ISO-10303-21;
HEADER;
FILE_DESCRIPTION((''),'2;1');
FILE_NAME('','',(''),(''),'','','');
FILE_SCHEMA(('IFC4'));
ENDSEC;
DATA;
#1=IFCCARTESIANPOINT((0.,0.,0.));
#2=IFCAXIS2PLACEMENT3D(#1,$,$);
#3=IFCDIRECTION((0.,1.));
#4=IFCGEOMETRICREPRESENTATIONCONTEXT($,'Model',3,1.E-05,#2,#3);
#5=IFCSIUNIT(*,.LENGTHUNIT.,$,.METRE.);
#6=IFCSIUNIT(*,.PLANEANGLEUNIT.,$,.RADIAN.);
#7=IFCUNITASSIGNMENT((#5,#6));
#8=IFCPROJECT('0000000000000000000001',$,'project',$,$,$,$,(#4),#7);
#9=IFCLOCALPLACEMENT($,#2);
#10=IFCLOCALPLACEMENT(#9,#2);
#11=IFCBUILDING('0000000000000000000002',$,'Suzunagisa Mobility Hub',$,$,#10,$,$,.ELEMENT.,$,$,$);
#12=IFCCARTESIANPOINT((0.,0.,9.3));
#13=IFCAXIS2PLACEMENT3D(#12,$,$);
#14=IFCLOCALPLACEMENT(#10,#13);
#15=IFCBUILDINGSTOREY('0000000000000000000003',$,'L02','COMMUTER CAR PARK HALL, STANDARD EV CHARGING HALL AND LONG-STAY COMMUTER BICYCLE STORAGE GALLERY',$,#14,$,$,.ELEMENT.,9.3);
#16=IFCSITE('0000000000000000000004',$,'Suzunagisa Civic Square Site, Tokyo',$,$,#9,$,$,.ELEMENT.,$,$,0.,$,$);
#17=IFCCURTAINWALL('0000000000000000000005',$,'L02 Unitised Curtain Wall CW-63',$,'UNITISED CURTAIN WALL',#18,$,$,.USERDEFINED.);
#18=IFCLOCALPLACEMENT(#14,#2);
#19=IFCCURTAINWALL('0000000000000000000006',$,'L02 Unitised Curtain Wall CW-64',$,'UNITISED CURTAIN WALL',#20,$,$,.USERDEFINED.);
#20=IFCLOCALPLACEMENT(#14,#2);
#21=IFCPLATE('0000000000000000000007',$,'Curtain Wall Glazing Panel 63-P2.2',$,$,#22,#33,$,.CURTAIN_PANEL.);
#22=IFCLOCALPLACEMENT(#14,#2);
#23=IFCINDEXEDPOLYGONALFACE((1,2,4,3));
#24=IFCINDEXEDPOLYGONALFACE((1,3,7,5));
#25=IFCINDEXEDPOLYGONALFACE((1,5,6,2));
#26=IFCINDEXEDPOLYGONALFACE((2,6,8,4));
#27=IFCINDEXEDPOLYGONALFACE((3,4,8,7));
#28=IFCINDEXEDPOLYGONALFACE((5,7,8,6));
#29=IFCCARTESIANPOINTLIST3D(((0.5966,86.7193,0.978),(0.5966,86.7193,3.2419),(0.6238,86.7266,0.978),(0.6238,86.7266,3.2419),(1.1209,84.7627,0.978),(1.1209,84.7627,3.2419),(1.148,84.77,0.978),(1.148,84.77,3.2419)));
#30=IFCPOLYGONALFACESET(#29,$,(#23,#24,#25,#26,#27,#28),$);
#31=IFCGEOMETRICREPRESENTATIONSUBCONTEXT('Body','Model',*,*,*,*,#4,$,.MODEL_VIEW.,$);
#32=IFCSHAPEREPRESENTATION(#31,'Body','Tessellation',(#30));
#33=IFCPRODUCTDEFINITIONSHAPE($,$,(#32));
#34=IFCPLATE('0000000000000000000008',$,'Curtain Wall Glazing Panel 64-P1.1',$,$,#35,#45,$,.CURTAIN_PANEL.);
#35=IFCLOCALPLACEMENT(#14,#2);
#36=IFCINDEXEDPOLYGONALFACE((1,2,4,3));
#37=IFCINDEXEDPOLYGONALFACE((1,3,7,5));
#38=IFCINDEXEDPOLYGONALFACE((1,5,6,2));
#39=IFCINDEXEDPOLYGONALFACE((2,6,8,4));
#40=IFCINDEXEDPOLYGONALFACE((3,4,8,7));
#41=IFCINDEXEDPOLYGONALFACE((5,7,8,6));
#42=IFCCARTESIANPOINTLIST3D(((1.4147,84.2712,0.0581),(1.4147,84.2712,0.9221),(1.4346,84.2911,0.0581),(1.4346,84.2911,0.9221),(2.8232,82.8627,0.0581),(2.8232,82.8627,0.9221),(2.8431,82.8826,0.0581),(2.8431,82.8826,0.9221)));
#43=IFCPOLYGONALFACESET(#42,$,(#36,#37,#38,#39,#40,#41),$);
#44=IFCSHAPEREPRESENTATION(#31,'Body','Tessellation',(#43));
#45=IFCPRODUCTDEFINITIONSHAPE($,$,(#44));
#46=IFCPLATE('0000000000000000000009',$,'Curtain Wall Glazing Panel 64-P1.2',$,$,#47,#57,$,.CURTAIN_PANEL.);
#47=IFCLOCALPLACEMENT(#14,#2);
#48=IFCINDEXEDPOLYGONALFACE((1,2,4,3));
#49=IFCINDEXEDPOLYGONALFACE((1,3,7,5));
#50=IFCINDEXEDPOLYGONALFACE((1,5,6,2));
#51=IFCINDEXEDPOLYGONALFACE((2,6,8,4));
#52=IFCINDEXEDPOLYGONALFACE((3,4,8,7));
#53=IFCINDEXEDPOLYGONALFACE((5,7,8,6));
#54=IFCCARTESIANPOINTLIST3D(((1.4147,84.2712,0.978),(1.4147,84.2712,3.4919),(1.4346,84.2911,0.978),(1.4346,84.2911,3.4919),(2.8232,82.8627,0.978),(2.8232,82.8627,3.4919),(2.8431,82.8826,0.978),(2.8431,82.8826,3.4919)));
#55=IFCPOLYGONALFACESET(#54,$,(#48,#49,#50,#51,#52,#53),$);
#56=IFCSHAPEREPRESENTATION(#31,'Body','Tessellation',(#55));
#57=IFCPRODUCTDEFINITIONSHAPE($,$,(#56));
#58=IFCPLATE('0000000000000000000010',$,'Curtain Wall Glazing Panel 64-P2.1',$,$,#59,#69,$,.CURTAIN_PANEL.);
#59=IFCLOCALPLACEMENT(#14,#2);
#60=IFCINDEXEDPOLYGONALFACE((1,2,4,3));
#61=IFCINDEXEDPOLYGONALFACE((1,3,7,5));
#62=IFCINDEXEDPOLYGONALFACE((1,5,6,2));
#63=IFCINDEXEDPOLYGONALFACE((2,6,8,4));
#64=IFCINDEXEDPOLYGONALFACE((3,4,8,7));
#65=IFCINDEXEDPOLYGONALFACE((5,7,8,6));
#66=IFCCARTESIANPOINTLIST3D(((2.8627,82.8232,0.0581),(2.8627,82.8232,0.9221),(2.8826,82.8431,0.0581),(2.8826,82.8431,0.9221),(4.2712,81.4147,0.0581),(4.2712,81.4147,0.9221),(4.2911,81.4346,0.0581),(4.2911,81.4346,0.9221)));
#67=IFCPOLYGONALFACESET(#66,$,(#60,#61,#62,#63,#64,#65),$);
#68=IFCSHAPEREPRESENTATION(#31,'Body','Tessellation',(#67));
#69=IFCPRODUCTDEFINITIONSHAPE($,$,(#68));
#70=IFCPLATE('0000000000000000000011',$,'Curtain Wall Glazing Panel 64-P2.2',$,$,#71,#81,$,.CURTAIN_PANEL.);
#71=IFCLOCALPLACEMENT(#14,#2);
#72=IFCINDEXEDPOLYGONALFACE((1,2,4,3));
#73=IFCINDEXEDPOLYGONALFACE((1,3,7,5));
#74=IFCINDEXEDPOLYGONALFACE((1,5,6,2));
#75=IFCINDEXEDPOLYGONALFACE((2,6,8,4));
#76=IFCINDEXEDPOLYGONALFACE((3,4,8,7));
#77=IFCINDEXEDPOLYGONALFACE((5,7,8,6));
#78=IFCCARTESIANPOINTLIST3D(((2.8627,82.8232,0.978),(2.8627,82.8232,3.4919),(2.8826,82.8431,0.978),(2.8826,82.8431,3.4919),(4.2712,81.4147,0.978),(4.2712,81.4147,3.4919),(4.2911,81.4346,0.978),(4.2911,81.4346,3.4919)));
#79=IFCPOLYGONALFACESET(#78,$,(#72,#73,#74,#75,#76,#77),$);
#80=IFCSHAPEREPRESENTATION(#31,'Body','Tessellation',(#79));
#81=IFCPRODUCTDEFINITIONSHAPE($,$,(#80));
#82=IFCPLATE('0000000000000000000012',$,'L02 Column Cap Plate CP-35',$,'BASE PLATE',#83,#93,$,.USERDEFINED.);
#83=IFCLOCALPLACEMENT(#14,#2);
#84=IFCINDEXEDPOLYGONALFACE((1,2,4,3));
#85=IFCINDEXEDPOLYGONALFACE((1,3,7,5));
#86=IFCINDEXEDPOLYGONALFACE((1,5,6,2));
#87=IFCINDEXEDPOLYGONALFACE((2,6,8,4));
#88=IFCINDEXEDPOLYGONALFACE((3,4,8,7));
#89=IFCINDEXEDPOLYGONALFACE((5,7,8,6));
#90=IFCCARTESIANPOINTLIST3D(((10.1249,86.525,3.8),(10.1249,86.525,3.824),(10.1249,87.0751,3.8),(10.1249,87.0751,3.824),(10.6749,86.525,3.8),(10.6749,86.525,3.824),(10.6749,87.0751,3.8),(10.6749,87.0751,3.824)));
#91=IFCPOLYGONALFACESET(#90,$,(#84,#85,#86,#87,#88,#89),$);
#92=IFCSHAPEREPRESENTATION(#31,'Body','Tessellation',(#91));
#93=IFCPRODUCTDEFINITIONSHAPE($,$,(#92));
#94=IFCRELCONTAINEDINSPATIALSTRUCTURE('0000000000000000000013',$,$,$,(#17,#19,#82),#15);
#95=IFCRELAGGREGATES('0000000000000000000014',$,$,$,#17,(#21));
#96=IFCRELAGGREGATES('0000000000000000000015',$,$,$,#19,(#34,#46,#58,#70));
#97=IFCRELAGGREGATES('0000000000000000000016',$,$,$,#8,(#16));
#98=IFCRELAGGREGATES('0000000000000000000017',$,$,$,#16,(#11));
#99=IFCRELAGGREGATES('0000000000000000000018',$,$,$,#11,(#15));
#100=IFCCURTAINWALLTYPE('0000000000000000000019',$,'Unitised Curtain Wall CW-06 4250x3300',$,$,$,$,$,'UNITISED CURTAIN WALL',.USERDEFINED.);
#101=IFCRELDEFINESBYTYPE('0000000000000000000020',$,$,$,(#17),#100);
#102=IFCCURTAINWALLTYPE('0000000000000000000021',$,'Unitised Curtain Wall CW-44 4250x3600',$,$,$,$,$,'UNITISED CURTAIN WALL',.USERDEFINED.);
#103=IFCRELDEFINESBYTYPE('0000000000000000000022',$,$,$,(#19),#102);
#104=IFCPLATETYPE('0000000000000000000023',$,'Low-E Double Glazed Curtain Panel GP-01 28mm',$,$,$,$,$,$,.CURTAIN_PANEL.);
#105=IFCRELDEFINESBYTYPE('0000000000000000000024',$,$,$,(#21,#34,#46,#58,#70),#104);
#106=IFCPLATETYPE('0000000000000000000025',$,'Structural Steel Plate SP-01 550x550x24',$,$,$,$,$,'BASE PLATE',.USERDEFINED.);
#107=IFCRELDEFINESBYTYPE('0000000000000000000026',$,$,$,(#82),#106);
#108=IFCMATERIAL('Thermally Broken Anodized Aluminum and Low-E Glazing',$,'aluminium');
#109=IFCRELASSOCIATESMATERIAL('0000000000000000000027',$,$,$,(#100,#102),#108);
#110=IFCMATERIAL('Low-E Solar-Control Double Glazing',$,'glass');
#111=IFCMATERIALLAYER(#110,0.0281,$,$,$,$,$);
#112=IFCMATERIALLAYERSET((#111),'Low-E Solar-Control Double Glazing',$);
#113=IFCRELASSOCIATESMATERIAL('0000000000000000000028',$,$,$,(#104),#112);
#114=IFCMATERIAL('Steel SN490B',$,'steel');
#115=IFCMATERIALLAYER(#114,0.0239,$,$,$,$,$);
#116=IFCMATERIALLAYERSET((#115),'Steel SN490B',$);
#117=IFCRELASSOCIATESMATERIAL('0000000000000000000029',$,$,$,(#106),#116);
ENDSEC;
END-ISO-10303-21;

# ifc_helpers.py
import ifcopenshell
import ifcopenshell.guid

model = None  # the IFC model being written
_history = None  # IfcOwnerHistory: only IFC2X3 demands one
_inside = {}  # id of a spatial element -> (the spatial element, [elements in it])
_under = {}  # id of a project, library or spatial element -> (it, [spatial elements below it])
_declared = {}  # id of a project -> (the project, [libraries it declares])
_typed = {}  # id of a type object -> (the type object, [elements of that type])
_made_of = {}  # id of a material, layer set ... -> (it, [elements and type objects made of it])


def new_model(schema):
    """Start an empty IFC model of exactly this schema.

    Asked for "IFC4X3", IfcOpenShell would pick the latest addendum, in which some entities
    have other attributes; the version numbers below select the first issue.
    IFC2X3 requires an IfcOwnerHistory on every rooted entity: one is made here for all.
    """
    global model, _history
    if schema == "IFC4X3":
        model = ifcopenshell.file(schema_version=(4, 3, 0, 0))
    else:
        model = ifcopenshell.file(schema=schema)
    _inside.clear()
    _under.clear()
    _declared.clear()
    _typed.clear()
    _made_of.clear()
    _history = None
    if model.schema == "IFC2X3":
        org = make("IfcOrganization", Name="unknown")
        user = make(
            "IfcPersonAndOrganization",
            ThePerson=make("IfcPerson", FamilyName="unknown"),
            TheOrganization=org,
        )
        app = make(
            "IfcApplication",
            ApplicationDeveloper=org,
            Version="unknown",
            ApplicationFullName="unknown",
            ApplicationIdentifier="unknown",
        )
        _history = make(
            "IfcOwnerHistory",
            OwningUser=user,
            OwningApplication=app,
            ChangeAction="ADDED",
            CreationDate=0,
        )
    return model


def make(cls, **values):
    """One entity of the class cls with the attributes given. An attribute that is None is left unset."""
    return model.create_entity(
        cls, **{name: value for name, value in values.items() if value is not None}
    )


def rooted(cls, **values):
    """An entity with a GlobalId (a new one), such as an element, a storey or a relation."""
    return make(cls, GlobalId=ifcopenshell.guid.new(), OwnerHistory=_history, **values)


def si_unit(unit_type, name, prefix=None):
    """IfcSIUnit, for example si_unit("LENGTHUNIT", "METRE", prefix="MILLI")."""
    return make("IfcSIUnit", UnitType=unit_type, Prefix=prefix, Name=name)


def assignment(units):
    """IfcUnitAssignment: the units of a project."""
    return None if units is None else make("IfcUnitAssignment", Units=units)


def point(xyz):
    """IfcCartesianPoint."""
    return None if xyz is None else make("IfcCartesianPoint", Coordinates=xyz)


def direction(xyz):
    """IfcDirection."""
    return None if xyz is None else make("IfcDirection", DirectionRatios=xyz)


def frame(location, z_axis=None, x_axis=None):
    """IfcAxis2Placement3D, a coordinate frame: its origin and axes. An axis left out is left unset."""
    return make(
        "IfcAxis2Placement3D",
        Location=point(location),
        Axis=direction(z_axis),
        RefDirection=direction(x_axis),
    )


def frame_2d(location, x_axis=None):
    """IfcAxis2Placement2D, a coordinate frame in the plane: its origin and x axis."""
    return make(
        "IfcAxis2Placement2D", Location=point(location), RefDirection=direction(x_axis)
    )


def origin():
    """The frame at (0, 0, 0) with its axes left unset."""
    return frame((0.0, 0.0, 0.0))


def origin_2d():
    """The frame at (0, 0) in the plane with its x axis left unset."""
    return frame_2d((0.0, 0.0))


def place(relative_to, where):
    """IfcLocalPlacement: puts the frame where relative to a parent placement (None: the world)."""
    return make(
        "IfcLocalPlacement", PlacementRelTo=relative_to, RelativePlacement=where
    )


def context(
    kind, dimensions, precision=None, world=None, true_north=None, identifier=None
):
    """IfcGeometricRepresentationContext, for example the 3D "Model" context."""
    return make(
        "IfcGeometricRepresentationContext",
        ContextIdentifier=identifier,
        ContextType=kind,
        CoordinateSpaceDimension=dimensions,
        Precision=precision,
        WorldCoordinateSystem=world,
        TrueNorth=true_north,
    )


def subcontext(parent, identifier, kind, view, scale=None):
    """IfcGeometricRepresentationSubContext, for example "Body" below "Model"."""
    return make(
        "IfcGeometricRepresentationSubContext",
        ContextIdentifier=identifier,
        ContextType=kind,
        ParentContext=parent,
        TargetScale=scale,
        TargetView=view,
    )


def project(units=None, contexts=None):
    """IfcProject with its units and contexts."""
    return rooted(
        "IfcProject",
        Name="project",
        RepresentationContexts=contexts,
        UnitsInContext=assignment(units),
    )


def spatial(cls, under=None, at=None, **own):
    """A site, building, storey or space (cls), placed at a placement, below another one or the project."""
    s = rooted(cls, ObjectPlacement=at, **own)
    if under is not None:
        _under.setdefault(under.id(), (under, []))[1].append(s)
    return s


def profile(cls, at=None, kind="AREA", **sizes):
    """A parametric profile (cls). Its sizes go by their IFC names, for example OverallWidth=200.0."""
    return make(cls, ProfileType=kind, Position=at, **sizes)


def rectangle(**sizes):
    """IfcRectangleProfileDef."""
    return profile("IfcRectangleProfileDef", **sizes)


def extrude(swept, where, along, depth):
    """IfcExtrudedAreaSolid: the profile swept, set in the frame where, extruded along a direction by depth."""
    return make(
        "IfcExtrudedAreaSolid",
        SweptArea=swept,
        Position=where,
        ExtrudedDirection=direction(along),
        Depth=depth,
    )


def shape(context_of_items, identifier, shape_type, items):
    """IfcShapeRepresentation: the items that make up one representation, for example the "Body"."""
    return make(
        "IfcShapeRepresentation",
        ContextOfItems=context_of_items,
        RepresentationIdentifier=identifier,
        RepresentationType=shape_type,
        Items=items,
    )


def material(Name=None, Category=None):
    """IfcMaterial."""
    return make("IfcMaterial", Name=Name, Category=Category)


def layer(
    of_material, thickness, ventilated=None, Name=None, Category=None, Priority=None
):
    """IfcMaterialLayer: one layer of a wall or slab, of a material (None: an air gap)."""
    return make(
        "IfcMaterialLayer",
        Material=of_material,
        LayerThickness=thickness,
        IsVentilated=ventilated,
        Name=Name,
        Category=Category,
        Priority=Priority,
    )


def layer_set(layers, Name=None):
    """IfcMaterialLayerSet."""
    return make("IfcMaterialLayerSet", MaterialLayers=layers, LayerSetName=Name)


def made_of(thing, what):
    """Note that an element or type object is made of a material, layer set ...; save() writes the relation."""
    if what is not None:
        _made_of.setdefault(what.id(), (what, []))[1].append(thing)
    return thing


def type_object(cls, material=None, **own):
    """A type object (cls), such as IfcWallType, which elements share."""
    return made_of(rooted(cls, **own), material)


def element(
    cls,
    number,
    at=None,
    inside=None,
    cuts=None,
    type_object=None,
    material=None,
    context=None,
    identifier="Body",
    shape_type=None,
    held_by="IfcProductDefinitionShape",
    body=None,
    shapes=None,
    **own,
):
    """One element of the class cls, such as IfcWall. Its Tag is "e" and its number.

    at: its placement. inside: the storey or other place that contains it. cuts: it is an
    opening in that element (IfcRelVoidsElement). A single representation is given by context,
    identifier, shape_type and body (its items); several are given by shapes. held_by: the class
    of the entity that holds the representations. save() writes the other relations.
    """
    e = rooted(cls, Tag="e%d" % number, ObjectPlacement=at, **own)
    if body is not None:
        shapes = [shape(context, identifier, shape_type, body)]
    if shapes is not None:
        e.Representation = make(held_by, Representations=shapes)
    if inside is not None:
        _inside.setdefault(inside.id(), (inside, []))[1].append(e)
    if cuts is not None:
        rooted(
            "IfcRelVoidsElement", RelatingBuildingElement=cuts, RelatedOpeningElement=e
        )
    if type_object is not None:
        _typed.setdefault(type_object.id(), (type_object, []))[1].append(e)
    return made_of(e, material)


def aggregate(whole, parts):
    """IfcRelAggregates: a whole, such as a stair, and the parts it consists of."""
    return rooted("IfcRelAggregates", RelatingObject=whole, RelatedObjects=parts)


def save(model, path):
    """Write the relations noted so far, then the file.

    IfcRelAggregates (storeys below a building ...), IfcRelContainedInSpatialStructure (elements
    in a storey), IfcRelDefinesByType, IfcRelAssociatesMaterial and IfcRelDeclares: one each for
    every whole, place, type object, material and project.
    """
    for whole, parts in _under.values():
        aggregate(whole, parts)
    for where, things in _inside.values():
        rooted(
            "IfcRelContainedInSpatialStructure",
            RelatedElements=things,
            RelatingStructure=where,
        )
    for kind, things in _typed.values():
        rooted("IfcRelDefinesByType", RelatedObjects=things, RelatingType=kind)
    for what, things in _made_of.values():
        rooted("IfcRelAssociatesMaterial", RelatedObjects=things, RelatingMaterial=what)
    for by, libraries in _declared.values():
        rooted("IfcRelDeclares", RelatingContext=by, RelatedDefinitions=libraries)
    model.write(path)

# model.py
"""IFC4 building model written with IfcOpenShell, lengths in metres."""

from ifc_helpers import new_model, si_unit, direction, frame, origin, origin_2d, place, context, subcontext, project, spatial, rectangle, extrude, material, layer, layer_set, type_object, element, aggregate, save


model = new_model("IFC4")

# Units and contexts
model_context = context("Model", 3, precision=1e-05, world=origin(), true_north=direction((0.0, 1.0)))
body_context = subcontext(model_context, "Body", "Model", "MODEL_VIEW")
ifc_project = project(units=[si_unit("LENGTHUNIT", "METRE"), si_unit("PLANEANGLEUNIT", "RADIAN")], contexts=[model_context])

# Site, building, storey
site_placement = place(None, origin())
site = spatial("IfcSite", under=ifc_project, at=site_placement, Name="Suzunagisa Civic Square Site, Tokyo", CompositionType="ELEMENT", RefElevation=0.0)
building_placement = place(site_placement, origin())
building = spatial("IfcBuilding", under=site, at=building_placement, Name="Suzunagisa Mobility Hub", CompositionType="ELEMENT")
storey_placement = place(building_placement, frame((0.0, 0.0, 9.3)))
storey = spatial("IfcBuildingStorey", under=building, at=storey_placement, Name="L02", Description="COMMUTER CAR PARK HALL, STANDARD EV CHARGING HALL AND LONG-STAY COMMUTER BICYCLE STORAGE GALLERY", CompositionType="ELEMENT", Elevation=9.3)

# Shared definitions
ifc_material_1 = material(Name="Steel SN490B", Category="steel")

# Curtain walls
ifc_material_2 = material(Name="Thermally Broken Anodized Aluminum and Low-E Glazing", Category="aluminium")
curtain_wall_type_1 = type_object("IfcCurtainWallType", Name="Unitised Curtain Wall CW-06 4250x3300", ElementType="UNITISED CURTAIN WALL", PredefinedType="USERDEFINED", material=ifc_material_2)
curtain_wall_1_placement = place(storey_placement, origin())
curtain_wall_1 = element("IfcCurtainWall", 1, at=curtain_wall_1_placement, inside=storey, type_object=curtain_wall_type_1, Name="L02 Unitised Curtain Wall CW-63", ObjectType="UNITISED CURTAIN WALL", PredefinedType="USERDEFINED")
curtain_wall_type_2 = type_object("IfcCurtainWallType", Name="Unitised Curtain Wall CW-44 4250x3600", ElementType="UNITISED CURTAIN WALL", PredefinedType="USERDEFINED", material=ifc_material_2)
curtain_wall_2_placement = place(storey_placement, origin())
curtain_wall_2 = element("IfcCurtainWall", 2, at=curtain_wall_2_placement, inside=storey, type_object=curtain_wall_type_2, Name="L02 Unitised Curtain Wall CW-64", ObjectType="UNITISED CURTAIN WALL", PredefinedType="USERDEFINED")

# Plates
ifc_material_3 = material(Name="Low-E Solar-Control Double Glazing", Category="glass")
ifc_layer_1 = layer(ifc_material_3, 0.0281)
ifc_layer_set_1 = layer_set([ifc_layer_1], Name="Low-E Solar-Control Double Glazing")
plate_type_1 = type_object("IfcPlateType", Name="Low-E Double Glazed Curtain Panel GP-01 28mm", PredefinedType="CURTAIN_PANEL", material=ifc_layer_set_1)
plate_1_placement = place(storey_placement, frame((0.8723, 85.7446, 0.978), z_axis=(0.0, 0.0, 1.0), x_axis=(0.258803, -0.96593, 0.0)))
plate_1 = element("IfcPlate", 3, at=plate_1_placement, type_object=plate_type_1, Name="Curtain Wall Glazing Panel 63-P2.2", PredefinedType="CURTAIN_PANEL", context=body_context, shape_type="SweptSolid", body=[
    extrude(rectangle(XDim=2.0256, YDim=0.0281, at=origin_2d()), origin(), (0.0, 0.0, 1.0), 2.2639),
])
aggregate(curtain_wall_1, [plate_1])
plate_2_placement = place(storey_placement, frame((2.1289, 83.5769, 0.0581), z_axis=(0.0, 0.0, 1.0), x_axis=(0.707107, -0.707107, 0.0)))
plate_2 = element("IfcPlate", 4, at=plate_2_placement, type_object=plate_type_1, Name="Curtain Wall Glazing Panel 64-P1.1", PredefinedType="CURTAIN_PANEL", context=body_context, shape_type="SweptSolid", body=[
    extrude(rectangle(XDim=1.9919, YDim=0.0281, at=origin_2d()), origin(), (0.0, 0.0, 1.0), 0.864),
])
plate_3_placement = place(storey_placement, frame((2.1289, 83.5769, 0.978), z_axis=(0.0, 0.0, 1.0), x_axis=(0.707107, -0.707107, 0.0)))
plate_3 = element("IfcPlate", 5, at=plate_3_placement, type_object=plate_type_1, Name="Curtain Wall Glazing Panel 64-P1.2", PredefinedType="CURTAIN_PANEL", context=body_context, shape_type="SweptSolid", body=[
    extrude(rectangle(XDim=1.9919, YDim=0.0281, at=origin_2d()), origin(), (0.0, 0.0, 1.0), 2.5139),
])
plate_4_placement = place(storey_placement, frame((3.5769, 82.1289, 0.0581), z_axis=(0.0, 0.0, 1.0), x_axis=(0.707107, -0.707107, 0.0)))
plate_4 = element("IfcPlate", 6, at=plate_4_placement, type_object=plate_type_1, Name="Curtain Wall Glazing Panel 64-P2.1", PredefinedType="CURTAIN_PANEL", context=body_context, shape_type="SweptSolid", body=[
    extrude(rectangle(XDim=1.9919, YDim=0.0281, at=origin_2d()), origin(), (0.0, 0.0, 1.0), 0.864),
])
plate_5_placement = place(storey_placement, frame((3.5769, 82.1289, 0.978), z_axis=(0.0, 0.0, 1.0), x_axis=(0.707107, -0.707107, 0.0)))
plate_5 = element("IfcPlate", 7, at=plate_5_placement, type_object=plate_type_1, Name="Curtain Wall Glazing Panel 64-P2.2", PredefinedType="CURTAIN_PANEL", context=body_context, shape_type="SweptSolid", body=[
    extrude(rectangle(XDim=1.9919, YDim=0.0281, at=origin_2d()), origin(), (0.0, 0.0, 1.0), 2.5139),
])
aggregate(curtain_wall_2, [plate_2, plate_3, plate_4, plate_5])
ifc_layer_2 = layer(ifc_material_1, 0.0239)
ifc_layer_set_2 = layer_set([ifc_layer_2], Name="Steel SN490B")
plate_type_2 = type_object("IfcPlateType", Name="Structural Steel Plate SP-01 550x550x24", ElementType="BASE PLATE", PredefinedType="USERDEFINED", material=ifc_layer_set_2)
plate_6_placement = place(storey_placement, frame((10.3999, 86.8, 3.8), z_axis=(0.0, 0.0, 1.0), x_axis=(1.0, 0.0, 0.0)))
element("IfcPlate", 8, at=plate_6_placement, inside=storey, type_object=plate_type_2, Name="L02 Column Cap Plate CP-35", ObjectType="BASE PLATE", PredefinedType="USERDEFINED", context=body_context, shape_type="SweptSolid", body=[
    extrude(rectangle(XDim=0.55, YDim=0.55, at=origin_2d()), origin(), (0.0, 0.0, 1.0), 0.0239),
])

save(model, "model.ifc")
